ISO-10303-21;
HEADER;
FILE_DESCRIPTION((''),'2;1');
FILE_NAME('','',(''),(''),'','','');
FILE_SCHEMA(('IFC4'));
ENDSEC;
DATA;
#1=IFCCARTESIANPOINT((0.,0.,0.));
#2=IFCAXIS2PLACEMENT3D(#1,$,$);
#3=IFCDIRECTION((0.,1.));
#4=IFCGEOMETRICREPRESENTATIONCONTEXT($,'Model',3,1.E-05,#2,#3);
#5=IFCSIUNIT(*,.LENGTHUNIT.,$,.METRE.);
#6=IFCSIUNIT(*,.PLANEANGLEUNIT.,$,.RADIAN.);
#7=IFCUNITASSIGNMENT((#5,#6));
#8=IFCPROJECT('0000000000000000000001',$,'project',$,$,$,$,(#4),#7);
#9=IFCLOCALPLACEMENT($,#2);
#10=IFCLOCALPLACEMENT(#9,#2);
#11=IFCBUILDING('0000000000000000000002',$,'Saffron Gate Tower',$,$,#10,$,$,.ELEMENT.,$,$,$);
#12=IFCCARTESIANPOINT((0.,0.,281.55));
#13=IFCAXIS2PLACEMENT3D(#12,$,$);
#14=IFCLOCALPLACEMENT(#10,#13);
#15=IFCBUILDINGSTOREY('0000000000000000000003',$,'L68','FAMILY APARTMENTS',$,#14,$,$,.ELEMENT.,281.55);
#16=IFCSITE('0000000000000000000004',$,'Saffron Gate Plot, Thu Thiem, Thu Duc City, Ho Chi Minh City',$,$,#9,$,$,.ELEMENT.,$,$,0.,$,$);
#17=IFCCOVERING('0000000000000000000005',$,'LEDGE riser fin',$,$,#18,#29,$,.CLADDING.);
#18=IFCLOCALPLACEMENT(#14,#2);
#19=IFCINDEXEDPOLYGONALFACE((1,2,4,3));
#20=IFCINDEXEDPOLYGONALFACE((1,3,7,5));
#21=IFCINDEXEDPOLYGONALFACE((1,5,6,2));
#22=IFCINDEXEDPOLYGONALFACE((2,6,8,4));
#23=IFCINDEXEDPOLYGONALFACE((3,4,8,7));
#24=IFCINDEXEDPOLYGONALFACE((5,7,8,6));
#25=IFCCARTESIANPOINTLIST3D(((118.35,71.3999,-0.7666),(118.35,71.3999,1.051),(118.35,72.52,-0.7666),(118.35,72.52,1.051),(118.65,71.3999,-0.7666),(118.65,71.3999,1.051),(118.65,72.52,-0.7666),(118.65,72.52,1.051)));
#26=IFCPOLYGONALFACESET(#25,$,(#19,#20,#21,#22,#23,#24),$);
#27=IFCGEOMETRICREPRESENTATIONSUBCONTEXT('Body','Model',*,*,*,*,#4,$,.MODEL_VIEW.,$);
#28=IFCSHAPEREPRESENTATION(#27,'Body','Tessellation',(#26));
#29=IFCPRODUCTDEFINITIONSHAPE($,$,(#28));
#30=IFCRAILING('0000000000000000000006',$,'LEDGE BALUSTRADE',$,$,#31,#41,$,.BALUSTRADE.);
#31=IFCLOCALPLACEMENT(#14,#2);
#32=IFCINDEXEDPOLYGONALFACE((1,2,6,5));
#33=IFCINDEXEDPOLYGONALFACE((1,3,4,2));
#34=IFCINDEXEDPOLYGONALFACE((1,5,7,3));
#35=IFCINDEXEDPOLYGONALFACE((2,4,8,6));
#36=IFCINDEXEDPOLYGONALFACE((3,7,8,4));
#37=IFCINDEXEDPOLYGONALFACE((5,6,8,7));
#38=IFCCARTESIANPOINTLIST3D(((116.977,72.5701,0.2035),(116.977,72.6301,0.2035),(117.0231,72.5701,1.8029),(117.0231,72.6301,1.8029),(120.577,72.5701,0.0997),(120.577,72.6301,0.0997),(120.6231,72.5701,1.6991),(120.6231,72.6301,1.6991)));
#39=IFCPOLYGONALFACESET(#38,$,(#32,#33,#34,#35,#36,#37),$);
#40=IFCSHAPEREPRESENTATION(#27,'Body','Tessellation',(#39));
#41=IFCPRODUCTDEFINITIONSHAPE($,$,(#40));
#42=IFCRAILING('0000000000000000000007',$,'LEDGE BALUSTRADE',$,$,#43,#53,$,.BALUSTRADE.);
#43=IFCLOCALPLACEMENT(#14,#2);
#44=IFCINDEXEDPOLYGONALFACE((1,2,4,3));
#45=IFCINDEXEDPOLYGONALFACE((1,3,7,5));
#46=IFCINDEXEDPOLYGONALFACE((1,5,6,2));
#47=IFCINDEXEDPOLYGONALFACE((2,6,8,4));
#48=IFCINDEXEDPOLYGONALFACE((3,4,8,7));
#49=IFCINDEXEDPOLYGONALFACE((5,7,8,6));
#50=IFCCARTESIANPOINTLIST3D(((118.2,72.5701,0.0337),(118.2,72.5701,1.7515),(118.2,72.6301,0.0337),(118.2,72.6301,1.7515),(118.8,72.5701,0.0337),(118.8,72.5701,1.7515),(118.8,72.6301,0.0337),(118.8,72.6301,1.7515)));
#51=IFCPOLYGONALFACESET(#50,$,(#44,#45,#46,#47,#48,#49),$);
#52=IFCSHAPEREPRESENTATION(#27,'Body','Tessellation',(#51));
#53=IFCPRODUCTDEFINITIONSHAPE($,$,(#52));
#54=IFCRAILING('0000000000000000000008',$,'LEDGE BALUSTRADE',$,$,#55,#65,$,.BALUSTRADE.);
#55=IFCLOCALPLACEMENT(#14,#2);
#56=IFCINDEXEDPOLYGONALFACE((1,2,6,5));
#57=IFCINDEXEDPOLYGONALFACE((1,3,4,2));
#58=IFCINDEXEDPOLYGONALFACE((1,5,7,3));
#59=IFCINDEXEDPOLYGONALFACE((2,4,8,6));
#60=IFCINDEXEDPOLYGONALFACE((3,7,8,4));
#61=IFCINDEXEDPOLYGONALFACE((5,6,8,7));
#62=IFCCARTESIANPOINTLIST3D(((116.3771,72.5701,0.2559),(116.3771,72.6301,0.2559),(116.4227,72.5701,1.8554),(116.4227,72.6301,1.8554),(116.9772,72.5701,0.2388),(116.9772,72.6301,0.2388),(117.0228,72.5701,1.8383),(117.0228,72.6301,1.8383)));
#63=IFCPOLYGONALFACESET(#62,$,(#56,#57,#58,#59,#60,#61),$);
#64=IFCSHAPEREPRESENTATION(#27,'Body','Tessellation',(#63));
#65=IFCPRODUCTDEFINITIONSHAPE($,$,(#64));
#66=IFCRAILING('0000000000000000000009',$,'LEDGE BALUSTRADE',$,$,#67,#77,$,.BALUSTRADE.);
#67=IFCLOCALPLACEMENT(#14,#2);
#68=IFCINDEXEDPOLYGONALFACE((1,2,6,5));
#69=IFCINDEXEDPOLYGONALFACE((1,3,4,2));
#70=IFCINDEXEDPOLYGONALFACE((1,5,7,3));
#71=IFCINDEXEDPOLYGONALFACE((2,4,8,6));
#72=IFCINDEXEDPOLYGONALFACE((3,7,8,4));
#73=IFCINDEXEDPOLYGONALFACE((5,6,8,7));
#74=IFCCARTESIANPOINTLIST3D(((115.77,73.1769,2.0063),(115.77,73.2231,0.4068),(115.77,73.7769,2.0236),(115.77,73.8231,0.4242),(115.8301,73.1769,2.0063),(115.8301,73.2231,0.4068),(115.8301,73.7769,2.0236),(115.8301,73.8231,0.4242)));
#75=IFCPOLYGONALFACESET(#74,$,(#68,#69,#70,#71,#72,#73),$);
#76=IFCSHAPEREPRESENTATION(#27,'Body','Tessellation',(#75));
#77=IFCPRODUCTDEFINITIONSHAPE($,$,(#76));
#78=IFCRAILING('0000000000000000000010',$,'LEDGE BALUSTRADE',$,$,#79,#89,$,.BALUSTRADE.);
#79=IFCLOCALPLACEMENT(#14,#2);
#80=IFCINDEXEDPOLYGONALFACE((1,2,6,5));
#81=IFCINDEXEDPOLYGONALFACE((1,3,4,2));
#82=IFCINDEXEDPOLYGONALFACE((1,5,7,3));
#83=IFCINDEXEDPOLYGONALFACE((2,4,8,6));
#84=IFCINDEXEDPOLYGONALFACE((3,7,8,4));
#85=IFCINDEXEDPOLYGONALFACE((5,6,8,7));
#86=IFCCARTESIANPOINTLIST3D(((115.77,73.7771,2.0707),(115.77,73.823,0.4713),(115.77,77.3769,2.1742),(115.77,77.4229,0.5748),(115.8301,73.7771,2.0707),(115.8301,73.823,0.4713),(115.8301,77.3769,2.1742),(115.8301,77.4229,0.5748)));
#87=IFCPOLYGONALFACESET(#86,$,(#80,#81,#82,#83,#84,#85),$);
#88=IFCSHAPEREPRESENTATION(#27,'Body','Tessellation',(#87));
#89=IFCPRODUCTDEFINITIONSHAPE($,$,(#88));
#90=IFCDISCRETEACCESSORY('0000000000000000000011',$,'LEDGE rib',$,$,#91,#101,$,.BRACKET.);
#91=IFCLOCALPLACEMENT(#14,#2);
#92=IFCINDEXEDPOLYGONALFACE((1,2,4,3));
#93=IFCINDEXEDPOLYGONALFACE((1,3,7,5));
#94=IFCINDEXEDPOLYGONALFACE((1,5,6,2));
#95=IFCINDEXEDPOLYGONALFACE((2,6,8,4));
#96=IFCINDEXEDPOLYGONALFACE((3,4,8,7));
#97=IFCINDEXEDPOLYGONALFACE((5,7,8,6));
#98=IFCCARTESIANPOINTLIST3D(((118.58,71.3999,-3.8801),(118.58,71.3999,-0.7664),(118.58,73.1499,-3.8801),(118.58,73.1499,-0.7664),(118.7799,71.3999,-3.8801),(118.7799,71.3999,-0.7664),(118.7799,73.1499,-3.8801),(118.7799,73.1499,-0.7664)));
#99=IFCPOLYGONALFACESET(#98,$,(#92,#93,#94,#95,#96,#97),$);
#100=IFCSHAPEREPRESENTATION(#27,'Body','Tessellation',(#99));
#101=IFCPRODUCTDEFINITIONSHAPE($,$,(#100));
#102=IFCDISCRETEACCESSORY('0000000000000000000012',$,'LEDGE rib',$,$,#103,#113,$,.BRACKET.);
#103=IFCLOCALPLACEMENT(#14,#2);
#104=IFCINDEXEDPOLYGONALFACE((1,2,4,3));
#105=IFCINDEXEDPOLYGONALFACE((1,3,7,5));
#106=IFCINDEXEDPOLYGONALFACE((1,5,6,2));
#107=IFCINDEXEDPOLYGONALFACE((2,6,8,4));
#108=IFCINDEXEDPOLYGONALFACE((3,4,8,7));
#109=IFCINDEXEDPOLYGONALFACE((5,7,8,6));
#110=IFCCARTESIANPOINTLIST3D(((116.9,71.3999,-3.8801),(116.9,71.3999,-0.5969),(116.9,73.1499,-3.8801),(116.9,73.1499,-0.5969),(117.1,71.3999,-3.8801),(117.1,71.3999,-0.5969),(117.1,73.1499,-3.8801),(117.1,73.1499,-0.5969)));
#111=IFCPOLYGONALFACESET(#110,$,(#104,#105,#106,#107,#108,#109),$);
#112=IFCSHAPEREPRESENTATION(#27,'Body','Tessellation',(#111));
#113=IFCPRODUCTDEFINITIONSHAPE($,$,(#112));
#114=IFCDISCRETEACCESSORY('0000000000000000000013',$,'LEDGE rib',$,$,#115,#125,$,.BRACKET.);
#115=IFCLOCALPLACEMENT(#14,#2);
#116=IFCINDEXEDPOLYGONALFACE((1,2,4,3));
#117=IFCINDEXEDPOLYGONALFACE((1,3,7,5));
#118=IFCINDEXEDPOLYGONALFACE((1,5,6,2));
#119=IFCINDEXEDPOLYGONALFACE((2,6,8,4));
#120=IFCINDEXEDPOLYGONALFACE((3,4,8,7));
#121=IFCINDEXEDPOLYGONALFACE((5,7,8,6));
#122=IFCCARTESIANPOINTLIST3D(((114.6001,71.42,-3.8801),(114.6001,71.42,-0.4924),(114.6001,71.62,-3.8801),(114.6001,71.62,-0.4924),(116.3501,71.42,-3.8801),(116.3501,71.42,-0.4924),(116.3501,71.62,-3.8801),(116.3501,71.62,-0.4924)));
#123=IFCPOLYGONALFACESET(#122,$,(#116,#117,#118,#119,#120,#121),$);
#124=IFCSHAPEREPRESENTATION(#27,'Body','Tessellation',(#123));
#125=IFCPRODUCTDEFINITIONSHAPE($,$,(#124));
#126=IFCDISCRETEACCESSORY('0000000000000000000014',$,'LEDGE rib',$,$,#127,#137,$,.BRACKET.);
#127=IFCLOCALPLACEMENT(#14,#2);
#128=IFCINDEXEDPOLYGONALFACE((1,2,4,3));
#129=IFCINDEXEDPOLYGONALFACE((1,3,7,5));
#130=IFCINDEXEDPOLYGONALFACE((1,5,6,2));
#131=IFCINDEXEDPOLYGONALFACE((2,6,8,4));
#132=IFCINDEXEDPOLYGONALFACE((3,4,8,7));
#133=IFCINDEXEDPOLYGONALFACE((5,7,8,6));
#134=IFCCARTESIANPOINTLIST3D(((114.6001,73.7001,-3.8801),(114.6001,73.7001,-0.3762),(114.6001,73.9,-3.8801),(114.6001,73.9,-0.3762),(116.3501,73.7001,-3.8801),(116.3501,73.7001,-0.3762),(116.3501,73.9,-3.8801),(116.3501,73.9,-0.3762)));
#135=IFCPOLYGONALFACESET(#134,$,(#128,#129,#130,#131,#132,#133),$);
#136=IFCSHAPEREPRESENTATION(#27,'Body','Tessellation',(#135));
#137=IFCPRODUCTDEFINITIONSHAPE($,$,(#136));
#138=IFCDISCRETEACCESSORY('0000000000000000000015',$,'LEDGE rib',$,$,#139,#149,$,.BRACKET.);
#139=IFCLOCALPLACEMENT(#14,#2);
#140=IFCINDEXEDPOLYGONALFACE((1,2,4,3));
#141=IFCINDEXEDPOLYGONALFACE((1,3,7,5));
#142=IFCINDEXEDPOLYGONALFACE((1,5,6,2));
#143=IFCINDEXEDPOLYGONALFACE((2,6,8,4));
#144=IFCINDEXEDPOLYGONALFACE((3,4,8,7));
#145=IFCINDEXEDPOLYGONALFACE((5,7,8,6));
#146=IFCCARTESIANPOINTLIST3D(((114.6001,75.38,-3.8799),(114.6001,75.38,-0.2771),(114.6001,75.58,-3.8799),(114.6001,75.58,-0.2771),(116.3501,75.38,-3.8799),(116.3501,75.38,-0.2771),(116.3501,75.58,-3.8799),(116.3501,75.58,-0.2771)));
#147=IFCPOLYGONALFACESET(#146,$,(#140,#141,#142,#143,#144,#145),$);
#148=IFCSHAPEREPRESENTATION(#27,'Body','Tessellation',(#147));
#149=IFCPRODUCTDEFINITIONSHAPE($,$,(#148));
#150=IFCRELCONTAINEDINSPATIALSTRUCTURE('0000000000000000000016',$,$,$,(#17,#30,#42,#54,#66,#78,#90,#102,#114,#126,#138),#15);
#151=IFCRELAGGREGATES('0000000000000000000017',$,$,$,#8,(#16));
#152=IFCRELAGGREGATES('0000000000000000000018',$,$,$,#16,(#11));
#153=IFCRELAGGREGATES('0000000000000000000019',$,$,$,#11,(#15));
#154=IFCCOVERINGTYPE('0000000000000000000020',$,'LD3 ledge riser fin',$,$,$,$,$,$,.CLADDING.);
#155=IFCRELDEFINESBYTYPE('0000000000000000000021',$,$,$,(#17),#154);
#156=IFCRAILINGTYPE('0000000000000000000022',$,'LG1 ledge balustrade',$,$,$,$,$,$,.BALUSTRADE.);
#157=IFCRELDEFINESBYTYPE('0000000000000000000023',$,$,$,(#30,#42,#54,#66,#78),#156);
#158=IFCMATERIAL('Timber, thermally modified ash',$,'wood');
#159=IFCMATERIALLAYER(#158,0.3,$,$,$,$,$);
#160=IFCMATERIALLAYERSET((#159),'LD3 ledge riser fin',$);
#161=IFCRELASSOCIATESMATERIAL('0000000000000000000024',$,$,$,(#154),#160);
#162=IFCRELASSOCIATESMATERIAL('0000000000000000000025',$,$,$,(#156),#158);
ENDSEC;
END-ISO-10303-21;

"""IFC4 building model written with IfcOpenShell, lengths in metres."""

from ifc_helpers import new_model, si_unit, direction, frame, origin, origin_2d, place, context, subcontext, project, spatial, rectangle, extrude, material, layer, layer_set, type_object, element, save


model = new_model("IFC4")

# Units and contexts
model_context = context("Model", 3, precision=1e-05, world=origin(), true_north=direction((0.0, 1.0)))
body_context = subcontext(model_context, "Body", "Model", "MODEL_VIEW")
ifc_project = project(units=[si_unit("LENGTHUNIT", "METRE"), si_unit("PLANEANGLEUNIT", "RADIAN")], contexts=[model_context])

# Site, building, storey
site_placement = place(None, origin())
site = spatial("IfcSite", under=ifc_project, at=site_placement, Name="Saffron Gate Plot, Thu Thiem, Thu Duc City, Ho Chi Minh City", CompositionType="ELEMENT", RefElevation=0.0)
building_placement = place(site_placement, origin())
building = spatial("IfcBuilding", under=site, at=building_placement, Name="Saffron Gate Tower", CompositionType="ELEMENT")
storey_placement = place(building_placement, frame((0.0, 0.0, 281.55)))
storey = spatial("IfcBuildingStorey", under=building, at=storey_placement, Name="L68", Description="FAMILY APARTMENTS", CompositionType="ELEMENT", Elevation=281.55)

# Covering
ifc_material_1 = material(Name="Timber, thermally modified ash", Category="wood")
ifc_layer_1 = layer(ifc_material_1, 0.3)
ifc_layer_set_1 = layer_set([ifc_layer_1], Name="LD3 ledge riser fin")
covering_type_1 = type_object("IfcCoveringType", Name="LD3 ledge riser fin", PredefinedType="CLADDING", material=ifc_layer_set_1)
covering_1_placement = place(storey_placement, frame((118.5, 71.96, -0.7666), z_axis=(0.0, 0.0, 1.0), x_axis=(-1.0, 0.0, 0.0)))
element("IfcCovering", 1, at=covering_1_placement, inside=storey, type_object=covering_type_1, Name="LEDGE riser fin", PredefinedType="CLADDING", context=body_context, shape_type="SweptSolid", body=[
    extrude(rectangle(XDim=0.3, YDim=1.1201, at=origin_2d()), origin(), (0.0, 0.0, 1.0), 1.8176),
])

# Railings
railing_type = type_object("IfcRailingType", Name="LG1 ledge balustrade", PredefinedType="BALUSTRADE", material=ifc_material_1)
railing_1_placement = place(storey_placement, frame((120.6001, 72.6001, 0.0994)))
element("IfcRailing", 2, at=railing_1_placement, inside=storey, type_object=railing_type, Name="LEDGE BALUSTRADE", PredefinedType="BALUSTRADE", context=body_context, shape_type="SweptSolid", body=[
    extrude(rectangle(XDim=0.0601, YDim=1.6001, at=origin_2d()), frame((0.0, 0.0, 0.8), z_axis=(-0.999585, 0.0, 0.028809), x_axis=(0.0, -1.0, 0.0)), (0.0, 0.0, 1.0), 3.6016),
])
railing_2_placement = place(storey_placement, frame((118.8, 72.6001, 0.0337)))
element("IfcRailing", 3, at=railing_2_placement, inside=storey, type_object=railing_type, Name="LEDGE BALUSTRADE", PredefinedType="BALUSTRADE", context=body_context, shape_type="SweptSolid", body=[
    extrude(rectangle(XDim=0.0601, YDim=1.7178, at=origin_2d()), frame((0.0, 0.0, 0.8589), z_axis=(-1.0, 0.0, 0.0), x_axis=(0.0, -1.0, 0.0)), (0.0, 0.0, 1.0), 0.6001),
])
railing_3_placement = place(storey_placement, frame((117.0, 72.6001, 0.2385)))
element("IfcRailing", 4, at=railing_3_placement, inside=storey, type_object=railing_type, Name="LEDGE BALUSTRADE", PredefinedType="BALUSTRADE", context=body_context, shape_type="SweptSolid", body=[
    extrude(rectangle(XDim=0.0601, YDim=1.6001, at=origin_2d()), frame((0.0, 0.0, 0.8), z_axis=(-0.999595, 0.0, 0.028467), x_axis=(0.0, -1.0, 0.0)), (0.0, 0.0, 1.0), 0.6003),
])
railing_4_placement = place(storey_placement, frame((115.8, 73.2, 0.4065)))
element("IfcRailing", 5, at=railing_4_placement, inside=storey, type_object=railing_type, Name="LEDGE BALUSTRADE", PredefinedType="BALUSTRADE", context=body_context, shape_type="SweptSolid", body=[
    extrude(rectangle(XDim=0.0601, YDim=1.6001, at=origin_2d()), frame((0.0, 0.0, 0.8), z_axis=(0.0, 0.999583, 0.028873), x_axis=(-1.0, 0.0, 0.0)), (0.0, 0.0, 1.0), 0.6003),
])
railing_5_placement = place(storey_placement, frame((115.8, 73.8, 0.4709)))
element("IfcRailing", 6, at=railing_5_placement, inside=storey, type_object=railing_type, Name="LEDGE BALUSTRADE", PredefinedType="BALUSTRADE", context=body_context, shape_type="SweptSolid", body=[
    extrude(rectangle(XDim=0.0601, YDim=1.6001, at=origin_2d()), frame((0.0, 0.0, 0.8), z_axis=(0.0, 0.999587, 0.028744), x_axis=(-1.0, 0.0, 0.0)), (0.0, 0.0, 1.0), 3.6013),
])

# Discrete accessories
discrete_accessory_1_placement = place(storey_placement, frame((118.6799, 72.2749, -3.8801), z_axis=(0.0, 0.0, 1.0), x_axis=(-1.0, 0.0, 0.0)))
element("IfcDiscreteAccessory", 7, at=discrete_accessory_1_placement, inside=storey, Name="LEDGE rib", PredefinedType="BRACKET", context=body_context, shape_type="SweptSolid", body=[
    extrude(rectangle(XDim=0.2, YDim=1.75, at=origin_2d()), origin(), (0.0, 0.0, 1.0), 3.1138),
])
discrete_accessory_2_placement = place(storey_placement, frame((117.0, 72.2749, -3.8801), z_axis=(0.0, 0.0, 1.0), x_axis=(-1.0, 0.0, 0.0)))
element("IfcDiscreteAccessory", 8, at=discrete_accessory_2_placement, inside=storey, Name="LEDGE rib", PredefinedType="BRACKET", context=body_context, shape_type="SweptSolid", body=[
    extrude(rectangle(XDim=0.2, YDim=1.75, at=origin_2d()), origin(), (0.0, 0.0, 1.0), 3.2832),
])
discrete_accessory_3_placement = place(storey_placement, frame((115.4751, 71.52, -3.8801), z_axis=(0.0, 0.0, 1.0), x_axis=(0.0, 1.0, 0.0)))
element("IfcDiscreteAccessory", 9, at=discrete_accessory_3_placement, inside=storey, Name="LEDGE rib", PredefinedType="BRACKET", context=body_context, shape_type="SweptSolid", body=[
    extrude(rectangle(XDim=0.2, YDim=1.75, at=origin_2d()), origin(), (0.0, 0.0, 1.0), 3.3877),
])
discrete_accessory_4_placement = place(storey_placement, frame((115.4751, 73.8, -3.8801), z_axis=(0.0, 0.0, 1.0), x_axis=(0.0, 1.0, 0.0)))
element("IfcDiscreteAccessory", 10, at=discrete_accessory_4_placement, inside=storey, Name="LEDGE rib", PredefinedType="BRACKET", context=body_context, shape_type="SweptSolid", body=[
    extrude(rectangle(XDim=0.2, YDim=1.75, at=origin_2d()), origin(), (0.0, 0.0, 1.0), 3.5039),
])
discrete_accessory_5_placement = place(storey_placement, frame((115.4751, 75.48, -3.8799), z_axis=(0.0, 0.0, 1.0), x_axis=(0.0, 1.0, 0.0)))
element("IfcDiscreteAccessory", 11, at=discrete_accessory_5_placement, inside=storey, Name="LEDGE rib", PredefinedType="BRACKET", context=body_context, shape_type="SweptSolid", body=[
    extrude(rectangle(XDim=0.2, YDim=1.75, at=origin_2d()), origin(), (0.0, 0.0, 1.0), 3.6028),
])

save(model, "model.ifc")
